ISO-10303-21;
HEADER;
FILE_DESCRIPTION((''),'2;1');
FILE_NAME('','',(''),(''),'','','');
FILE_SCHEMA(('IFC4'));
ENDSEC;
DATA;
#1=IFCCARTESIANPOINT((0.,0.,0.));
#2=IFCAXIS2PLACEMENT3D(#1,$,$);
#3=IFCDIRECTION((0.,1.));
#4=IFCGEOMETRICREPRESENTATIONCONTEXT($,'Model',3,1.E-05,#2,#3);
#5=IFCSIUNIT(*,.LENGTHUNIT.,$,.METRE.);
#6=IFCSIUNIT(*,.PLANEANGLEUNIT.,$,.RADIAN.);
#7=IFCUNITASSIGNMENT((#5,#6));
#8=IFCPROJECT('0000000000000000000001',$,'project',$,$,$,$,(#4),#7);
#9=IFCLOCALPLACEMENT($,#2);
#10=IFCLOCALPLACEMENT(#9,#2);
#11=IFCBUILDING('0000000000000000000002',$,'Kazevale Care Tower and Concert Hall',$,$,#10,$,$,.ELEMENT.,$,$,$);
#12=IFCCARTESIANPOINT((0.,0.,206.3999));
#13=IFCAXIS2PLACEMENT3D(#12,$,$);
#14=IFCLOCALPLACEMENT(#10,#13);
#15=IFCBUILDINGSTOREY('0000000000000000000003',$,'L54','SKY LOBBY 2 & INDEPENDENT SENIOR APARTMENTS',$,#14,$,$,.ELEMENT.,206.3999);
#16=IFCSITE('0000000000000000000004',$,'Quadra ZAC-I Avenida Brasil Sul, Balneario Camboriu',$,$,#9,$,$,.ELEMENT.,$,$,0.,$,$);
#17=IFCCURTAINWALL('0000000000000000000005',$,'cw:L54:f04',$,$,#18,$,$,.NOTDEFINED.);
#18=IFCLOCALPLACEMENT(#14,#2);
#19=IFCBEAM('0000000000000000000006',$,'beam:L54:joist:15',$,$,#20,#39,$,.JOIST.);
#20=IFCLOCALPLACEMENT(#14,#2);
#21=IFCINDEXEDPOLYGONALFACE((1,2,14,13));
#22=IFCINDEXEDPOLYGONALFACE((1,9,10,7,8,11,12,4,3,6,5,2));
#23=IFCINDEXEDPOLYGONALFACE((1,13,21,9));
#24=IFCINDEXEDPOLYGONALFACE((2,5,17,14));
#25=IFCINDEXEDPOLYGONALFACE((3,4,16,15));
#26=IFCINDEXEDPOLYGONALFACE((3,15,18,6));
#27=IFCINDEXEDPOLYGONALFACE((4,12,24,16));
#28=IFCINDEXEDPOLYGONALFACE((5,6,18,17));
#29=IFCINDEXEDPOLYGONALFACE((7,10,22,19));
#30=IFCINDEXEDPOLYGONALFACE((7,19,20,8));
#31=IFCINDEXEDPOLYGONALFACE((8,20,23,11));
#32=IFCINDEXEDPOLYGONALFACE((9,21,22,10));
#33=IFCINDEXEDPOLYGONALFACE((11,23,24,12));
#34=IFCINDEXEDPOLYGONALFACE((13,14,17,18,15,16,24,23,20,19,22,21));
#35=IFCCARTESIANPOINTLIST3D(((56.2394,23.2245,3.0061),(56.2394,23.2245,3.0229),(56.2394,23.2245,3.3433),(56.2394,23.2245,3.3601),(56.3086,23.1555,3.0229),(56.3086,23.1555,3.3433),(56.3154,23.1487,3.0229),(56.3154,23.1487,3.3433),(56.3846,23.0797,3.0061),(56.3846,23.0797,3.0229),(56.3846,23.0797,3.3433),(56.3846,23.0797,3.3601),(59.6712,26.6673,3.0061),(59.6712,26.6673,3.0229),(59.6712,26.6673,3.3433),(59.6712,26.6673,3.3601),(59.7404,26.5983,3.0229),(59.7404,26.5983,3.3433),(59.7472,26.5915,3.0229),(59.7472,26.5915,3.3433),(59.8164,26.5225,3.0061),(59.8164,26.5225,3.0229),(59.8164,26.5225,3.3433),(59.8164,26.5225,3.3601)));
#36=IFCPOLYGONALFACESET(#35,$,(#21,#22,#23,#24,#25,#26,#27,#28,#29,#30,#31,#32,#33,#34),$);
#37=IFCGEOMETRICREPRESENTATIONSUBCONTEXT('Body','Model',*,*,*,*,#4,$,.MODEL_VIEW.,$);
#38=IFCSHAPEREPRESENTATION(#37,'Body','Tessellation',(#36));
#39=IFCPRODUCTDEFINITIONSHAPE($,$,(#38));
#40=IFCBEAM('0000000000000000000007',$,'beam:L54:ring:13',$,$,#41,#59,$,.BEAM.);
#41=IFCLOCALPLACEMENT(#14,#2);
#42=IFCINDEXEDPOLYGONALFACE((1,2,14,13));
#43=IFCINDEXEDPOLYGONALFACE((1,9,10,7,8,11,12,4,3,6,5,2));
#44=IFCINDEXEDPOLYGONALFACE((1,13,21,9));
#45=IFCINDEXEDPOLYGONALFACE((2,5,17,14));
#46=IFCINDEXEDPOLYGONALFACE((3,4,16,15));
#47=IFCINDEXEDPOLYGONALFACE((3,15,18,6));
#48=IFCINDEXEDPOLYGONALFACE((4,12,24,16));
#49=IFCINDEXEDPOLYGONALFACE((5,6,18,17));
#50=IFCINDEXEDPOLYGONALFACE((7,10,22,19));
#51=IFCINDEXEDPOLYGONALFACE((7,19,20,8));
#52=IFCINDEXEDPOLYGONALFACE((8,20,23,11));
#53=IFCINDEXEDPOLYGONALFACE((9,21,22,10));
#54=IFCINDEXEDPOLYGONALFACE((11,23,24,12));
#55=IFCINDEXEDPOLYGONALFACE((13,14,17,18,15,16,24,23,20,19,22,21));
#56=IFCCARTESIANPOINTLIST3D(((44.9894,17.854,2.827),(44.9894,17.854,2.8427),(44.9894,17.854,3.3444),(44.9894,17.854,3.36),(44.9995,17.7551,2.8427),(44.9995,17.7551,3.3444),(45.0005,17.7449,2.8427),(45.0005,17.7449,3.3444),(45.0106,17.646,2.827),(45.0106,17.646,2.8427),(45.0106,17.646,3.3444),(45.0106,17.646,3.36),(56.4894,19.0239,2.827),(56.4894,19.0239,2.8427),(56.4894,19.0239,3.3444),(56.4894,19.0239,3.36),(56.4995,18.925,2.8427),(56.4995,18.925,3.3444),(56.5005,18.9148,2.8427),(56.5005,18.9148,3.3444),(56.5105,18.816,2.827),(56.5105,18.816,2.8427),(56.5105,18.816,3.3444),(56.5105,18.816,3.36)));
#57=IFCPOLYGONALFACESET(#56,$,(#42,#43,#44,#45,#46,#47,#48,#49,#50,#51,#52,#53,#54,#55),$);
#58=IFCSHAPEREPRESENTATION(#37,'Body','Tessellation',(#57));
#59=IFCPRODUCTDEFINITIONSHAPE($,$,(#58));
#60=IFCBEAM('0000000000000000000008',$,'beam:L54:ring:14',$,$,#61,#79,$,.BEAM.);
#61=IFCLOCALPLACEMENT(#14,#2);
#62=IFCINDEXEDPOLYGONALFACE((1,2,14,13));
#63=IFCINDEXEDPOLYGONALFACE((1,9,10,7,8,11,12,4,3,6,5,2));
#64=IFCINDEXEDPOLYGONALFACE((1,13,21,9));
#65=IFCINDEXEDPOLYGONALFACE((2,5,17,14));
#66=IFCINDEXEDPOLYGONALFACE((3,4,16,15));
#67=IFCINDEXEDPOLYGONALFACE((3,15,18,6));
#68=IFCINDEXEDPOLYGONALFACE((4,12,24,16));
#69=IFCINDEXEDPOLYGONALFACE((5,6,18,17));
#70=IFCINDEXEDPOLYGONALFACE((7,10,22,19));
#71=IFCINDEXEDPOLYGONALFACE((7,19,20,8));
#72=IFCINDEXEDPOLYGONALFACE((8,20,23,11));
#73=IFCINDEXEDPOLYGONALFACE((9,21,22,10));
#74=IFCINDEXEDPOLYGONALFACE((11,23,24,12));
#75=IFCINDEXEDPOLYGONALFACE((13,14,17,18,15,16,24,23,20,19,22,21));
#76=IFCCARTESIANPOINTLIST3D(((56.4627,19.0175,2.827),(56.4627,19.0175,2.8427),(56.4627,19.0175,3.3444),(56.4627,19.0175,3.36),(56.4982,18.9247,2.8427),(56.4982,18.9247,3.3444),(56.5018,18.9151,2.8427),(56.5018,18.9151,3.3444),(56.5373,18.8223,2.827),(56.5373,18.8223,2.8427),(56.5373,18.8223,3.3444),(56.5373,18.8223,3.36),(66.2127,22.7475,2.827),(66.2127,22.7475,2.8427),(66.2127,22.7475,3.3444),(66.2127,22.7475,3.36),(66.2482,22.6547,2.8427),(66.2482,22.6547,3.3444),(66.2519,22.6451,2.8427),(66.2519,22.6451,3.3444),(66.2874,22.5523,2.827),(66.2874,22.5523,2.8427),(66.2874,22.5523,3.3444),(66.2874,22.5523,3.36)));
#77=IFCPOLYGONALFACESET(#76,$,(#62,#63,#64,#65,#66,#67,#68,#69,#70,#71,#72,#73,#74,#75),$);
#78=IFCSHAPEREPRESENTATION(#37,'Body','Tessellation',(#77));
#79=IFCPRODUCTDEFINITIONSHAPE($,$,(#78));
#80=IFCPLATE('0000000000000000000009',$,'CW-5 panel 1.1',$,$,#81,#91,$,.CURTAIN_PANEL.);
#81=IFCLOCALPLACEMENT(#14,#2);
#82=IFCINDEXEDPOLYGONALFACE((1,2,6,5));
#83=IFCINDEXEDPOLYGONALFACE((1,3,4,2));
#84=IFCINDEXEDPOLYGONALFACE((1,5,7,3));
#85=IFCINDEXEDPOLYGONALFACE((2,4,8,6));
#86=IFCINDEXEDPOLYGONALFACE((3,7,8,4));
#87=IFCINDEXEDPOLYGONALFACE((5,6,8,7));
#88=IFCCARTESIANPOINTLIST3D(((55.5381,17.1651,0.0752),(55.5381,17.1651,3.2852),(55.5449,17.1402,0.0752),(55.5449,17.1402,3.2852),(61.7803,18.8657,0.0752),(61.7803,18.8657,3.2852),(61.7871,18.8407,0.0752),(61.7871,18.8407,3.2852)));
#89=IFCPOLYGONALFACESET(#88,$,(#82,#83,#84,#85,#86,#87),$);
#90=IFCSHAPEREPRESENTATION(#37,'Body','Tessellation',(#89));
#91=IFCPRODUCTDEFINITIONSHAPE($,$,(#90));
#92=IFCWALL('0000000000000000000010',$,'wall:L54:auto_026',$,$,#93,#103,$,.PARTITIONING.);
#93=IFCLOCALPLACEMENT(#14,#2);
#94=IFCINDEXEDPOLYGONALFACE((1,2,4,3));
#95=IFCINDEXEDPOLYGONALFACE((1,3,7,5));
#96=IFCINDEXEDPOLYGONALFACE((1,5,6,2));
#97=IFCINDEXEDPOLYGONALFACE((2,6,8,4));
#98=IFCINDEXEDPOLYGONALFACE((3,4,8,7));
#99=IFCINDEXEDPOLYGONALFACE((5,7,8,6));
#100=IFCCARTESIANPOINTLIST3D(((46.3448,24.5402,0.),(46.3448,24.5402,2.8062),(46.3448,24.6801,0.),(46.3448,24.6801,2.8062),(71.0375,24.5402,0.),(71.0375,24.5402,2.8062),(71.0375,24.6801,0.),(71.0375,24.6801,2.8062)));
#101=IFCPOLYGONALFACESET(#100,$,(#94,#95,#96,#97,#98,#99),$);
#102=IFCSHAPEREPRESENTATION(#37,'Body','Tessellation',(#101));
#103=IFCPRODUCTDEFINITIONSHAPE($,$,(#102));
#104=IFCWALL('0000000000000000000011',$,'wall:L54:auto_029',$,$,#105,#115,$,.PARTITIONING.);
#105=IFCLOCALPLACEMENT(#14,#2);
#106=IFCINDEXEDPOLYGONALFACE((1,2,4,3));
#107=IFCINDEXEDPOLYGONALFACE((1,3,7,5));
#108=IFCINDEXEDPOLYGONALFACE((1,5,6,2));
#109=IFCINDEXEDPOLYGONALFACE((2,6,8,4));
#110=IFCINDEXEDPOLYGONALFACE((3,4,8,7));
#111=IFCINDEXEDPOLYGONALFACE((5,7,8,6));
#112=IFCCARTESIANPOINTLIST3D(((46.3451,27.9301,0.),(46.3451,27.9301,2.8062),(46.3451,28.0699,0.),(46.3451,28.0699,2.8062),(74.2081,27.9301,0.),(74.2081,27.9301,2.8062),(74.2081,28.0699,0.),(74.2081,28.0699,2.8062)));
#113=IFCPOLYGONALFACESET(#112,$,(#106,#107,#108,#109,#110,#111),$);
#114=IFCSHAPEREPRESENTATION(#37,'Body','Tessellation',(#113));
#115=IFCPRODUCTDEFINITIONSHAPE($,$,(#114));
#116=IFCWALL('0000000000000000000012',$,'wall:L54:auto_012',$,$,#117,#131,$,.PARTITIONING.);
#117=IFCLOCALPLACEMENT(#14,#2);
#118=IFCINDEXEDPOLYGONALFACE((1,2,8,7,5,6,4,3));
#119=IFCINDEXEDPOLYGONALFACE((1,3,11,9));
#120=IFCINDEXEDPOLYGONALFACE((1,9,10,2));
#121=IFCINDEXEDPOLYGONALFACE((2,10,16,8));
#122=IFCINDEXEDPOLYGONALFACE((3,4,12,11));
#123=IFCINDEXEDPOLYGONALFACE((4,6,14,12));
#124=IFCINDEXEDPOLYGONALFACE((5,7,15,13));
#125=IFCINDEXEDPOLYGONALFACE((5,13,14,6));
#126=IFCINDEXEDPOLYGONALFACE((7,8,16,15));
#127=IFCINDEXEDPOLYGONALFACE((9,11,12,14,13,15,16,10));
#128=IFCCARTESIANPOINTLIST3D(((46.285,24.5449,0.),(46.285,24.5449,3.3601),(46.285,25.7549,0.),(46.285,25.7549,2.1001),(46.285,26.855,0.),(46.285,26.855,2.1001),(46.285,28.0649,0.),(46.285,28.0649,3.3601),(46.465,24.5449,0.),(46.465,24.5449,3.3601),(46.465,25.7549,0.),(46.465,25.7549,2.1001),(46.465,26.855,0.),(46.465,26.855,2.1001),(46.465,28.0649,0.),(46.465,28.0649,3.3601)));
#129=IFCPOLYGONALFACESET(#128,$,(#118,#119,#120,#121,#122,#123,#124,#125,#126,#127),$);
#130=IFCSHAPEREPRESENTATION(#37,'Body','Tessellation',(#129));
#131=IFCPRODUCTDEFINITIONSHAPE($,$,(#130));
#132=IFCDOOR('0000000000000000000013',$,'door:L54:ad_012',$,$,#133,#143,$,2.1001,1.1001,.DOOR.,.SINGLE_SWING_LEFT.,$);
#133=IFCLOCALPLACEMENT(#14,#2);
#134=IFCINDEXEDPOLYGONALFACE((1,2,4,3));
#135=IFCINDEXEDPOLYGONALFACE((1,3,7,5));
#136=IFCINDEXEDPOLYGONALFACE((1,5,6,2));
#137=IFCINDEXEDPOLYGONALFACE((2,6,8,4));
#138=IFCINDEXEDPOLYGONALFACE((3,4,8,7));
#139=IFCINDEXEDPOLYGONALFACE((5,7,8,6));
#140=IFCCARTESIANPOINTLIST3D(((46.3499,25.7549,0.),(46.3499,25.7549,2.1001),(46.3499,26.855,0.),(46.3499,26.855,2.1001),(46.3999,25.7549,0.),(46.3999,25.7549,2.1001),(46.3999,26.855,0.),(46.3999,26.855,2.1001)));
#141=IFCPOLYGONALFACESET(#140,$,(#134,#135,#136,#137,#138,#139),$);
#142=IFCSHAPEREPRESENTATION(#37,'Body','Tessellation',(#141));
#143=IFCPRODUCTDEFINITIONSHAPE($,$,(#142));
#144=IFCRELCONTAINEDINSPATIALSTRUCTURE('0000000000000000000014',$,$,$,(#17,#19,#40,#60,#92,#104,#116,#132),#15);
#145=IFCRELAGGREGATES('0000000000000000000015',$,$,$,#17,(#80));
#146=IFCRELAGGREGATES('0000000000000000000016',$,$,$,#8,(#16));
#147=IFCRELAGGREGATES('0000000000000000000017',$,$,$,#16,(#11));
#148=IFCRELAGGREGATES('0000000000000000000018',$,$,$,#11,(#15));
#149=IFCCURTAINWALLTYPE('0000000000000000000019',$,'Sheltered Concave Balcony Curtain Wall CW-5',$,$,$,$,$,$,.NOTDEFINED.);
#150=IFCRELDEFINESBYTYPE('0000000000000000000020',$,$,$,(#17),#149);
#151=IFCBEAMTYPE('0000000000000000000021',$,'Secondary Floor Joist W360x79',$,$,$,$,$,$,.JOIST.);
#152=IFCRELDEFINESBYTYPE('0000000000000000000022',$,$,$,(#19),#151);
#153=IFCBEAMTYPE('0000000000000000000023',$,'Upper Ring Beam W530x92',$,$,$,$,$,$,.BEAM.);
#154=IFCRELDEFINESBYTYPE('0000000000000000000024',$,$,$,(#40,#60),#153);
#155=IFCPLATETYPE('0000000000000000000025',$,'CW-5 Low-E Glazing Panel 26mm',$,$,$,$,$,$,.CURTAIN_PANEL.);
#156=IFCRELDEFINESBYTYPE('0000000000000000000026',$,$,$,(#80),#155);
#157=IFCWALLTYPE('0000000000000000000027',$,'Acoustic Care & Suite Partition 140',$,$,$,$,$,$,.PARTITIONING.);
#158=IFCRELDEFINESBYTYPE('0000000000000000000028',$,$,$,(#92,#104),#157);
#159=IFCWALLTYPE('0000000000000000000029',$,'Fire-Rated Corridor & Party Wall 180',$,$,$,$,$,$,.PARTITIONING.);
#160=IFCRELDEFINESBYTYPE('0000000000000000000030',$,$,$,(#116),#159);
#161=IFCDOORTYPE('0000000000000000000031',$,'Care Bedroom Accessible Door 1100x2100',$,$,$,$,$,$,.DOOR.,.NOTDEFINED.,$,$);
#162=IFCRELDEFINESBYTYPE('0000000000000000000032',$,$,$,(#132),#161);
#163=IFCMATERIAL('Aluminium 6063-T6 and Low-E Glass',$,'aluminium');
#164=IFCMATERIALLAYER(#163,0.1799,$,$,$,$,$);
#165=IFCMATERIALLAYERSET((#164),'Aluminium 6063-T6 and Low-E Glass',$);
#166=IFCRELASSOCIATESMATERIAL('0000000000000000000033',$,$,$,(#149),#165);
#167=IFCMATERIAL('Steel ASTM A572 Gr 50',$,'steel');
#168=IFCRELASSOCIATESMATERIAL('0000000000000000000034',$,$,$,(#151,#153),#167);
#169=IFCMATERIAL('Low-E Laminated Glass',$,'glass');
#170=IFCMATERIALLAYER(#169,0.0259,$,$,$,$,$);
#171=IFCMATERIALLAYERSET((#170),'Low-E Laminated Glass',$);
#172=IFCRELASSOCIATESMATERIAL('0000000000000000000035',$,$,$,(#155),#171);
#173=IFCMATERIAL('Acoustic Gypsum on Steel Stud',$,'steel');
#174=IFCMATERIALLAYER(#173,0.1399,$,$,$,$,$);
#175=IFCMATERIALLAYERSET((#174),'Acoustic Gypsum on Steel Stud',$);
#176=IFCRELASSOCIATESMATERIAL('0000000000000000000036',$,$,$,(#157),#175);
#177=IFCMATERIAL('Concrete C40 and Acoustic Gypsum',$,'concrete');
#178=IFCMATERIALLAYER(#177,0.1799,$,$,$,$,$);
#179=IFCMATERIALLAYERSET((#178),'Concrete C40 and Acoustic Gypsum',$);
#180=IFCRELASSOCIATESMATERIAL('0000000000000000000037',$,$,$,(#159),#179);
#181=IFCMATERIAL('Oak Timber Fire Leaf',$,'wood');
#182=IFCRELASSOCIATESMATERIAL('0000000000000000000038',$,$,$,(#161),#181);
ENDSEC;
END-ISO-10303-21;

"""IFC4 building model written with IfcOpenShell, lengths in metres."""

from ifc_helpers import new_model, si_unit, direction, frame, frame_2d, origin, origin_2d, place, context, subcontext, project, spatial, rectangle, i_section, extrude, material, layer, layer_set, material_profile, profile_set, type_object, element, fill, aggregate, save


model = new_model("IFC4")

# Units and contexts
model_context = context("Model", 3, precision=1e-05, world=origin(), true_north=direction((0.0, 1.0)))
body_context = subcontext(model_context, "Body", "Model", "MODEL_VIEW")
ifc_project = project(units=[si_unit("LENGTHUNIT", "METRE"), si_unit("PLANEANGLEUNIT", "RADIAN")], contexts=[model_context])

# Site, building, storey
site_placement = place(None, origin())
site = spatial("IfcSite", under=ifc_project, at=site_placement, Name="Quadra ZAC-I Avenida Brasil Sul, Balneario Camboriu", CompositionType="ELEMENT", RefElevation=0.0)
building_placement = place(site_placement, origin())
building = spatial("IfcBuilding", under=site, at=building_placement, Name="Kazevale Care Tower and Concert Hall", CompositionType="ELEMENT")
storey_placement = place(building_placement, frame((0.0, 0.0, 206.3999)))
storey = spatial("IfcBuildingStorey", under=building, at=storey_placement, Name="L54", Description="SKY LOBBY 2 & INDEPENDENT SENIOR APARTMENTS", CompositionType="ELEMENT", Elevation=206.3999)

# Curtain wall
ifc_material_1 = material(Name="Aluminium 6063-T6 and Low-E Glass", Category="aluminium")
ifc_layer_1 = layer(ifc_material_1, 0.1799)
ifc_layer_set_1 = layer_set([ifc_layer_1], Name="Aluminium 6063-T6 and Low-E Glass")
curtain_wall_type = type_object("IfcCurtainWallType", Name="Sheltered Concave Balcony Curtain Wall CW-5", PredefinedType="NOTDEFINED", material=ifc_layer_set_1)
curtain_wall_1_placement = place(storey_placement, origin())
curtain_wall_1 = element("IfcCurtainWall", 1, at=curtain_wall_1_placement, inside=storey, type_object=curtain_wall_type, Name="cw:L54:f04", PredefinedType="NOTDEFINED")

# Beams
ifc_material_2 = material(Name="Steel ASTM A572 Gr 50", Category="steel")
ifc_material_profile_1 = material_profile(ifc_material_2, i_section(OverallWidth=0.2051, OverallDepth=0.354, WebThickness=0.0095, FlangeThickness=0.0168, at=origin_2d()), Name="W360x79")
ifc_profile_set_1 = profile_set([ifc_material_profile_1], Name="Steel ASTM A572 Gr 50")
beam_type_1 = type_object("IfcBeamType", Name="Secondary Floor Joist W360x79", PredefinedType="JOIST", material=ifc_profile_set_1)
beam_1_placement = place(storey_placement, frame((56.312, 23.1521, 3.1831), z_axis=(0.705976, 0.708236, 0.0), x_axis=(-0.708236, 0.705976, 0.0)))
element("IfcBeam", 2, at=beam_1_placement, inside=storey, type_object=beam_type_1, Name="beam:L54:joist:15", PredefinedType="JOIST", context=body_context, shape_type="SweptSolid", body=[
    extrude(i_section(OverallWidth=0.2051, OverallDepth=0.354, WebThickness=0.0095, FlangeThickness=0.0168, at=origin_2d()), origin(), (0.0, 0.0, 1.0), 4.8611),
])
ifc_material_profile_2 = material_profile(ifc_material_2, i_section(OverallWidth=0.209, OverallDepth=0.533, WebThickness=0.0103, FlangeThickness=0.0156, at=origin_2d()), Name="W530x92")
ifc_profile_set_2 = profile_set([ifc_material_profile_2], Name="Steel ASTM A572 Gr 50")
beam_type_2 = type_object("IfcBeamType", Name="Upper Ring Beam W530x92", PredefinedType="BEAM", material=ifc_profile_set_2)
beam_2_placement = place(storey_placement, frame((45.0, 17.75, 3.0935), z_axis=(0.994865, 0.10121, 0.0), x_axis=(-0.10121, 0.994865, 0.0)))
element("IfcBeam", 3, at=beam_2_placement, inside=storey, type_object=beam_type_2, Name="beam:L54:ring:13", PredefinedType="BEAM", context=body_context, shape_type="SweptSolid", body=[
    extrude(i_section(OverallWidth=0.209, OverallDepth=0.533, WebThickness=0.0103, FlangeThickness=0.0156, at=origin_2d()), origin(), (0.0, 0.0, 1.0), 11.5593),
])
beam_3_placement = place(storey_placement, frame((56.5, 18.9199, 3.0935), z_axis=(0.933987, 0.357308, 0.0), x_axis=(-0.357308, 0.933987, 0.0)))
element("IfcBeam", 4, at=beam_3_placement, inside=storey, type_object=beam_type_2, Name="beam:L54:ring:14", PredefinedType="BEAM", context=body_context, shape_type="SweptSolid", body=[
    extrude(i_section(OverallWidth=0.209, OverallDepth=0.533, WebThickness=0.0103, FlangeThickness=0.0156, at=origin_2d()), origin(), (0.0, 0.0, 1.0), 10.4392),
])

# Plate
ifc_material_3 = material(Name="Low-E Laminated Glass", Category="glass")
ifc_layer_2 = layer(ifc_material_3, 0.0259)
ifc_layer_set_2 = layer_set([ifc_layer_2], Name="Low-E Laminated Glass")
plate_type = type_object("IfcPlateType", Name="CW-5 Low-E Glazing Panel 26mm", PredefinedType="CURTAIN_PANEL", material=ifc_layer_set_2)
plate_placement = place(storey_placement, frame((58.6626, 18.0029, 0.0752), z_axis=(0.0, 0.0, 1.0), x_axis=(-0.964837, -0.262849, 0.0)))
plate = element("IfcPlate", 5, at=plate_placement, type_object=plate_type, Name="CW-5 panel 1.1", PredefinedType="CURTAIN_PANEL", context=body_context, shape_type="SweptSolid", body=[
    extrude(rectangle(XDim=6.4697, YDim=0.0259, at=origin_2d()), origin(), (0.0, 0.0, 1.0), 3.21),
])
aggregate(curtain_wall_1, [plate])

# Walls
ifc_material_4 = material(Name="Acoustic Gypsum on Steel Stud", Category="steel")
ifc_layer_3 = layer(ifc_material_4, 0.1399)
ifc_layer_set_3 = layer_set([ifc_layer_3], Name="Acoustic Gypsum on Steel Stud")
wall_type_1 = type_object("IfcWallType", Name="Acoustic Care & Suite Partition 140", PredefinedType="PARTITIONING", material=ifc_layer_set_3)
wall_1_placement = place(storey_placement, frame((46.345, 24.6101, 0.0), z_axis=(0.0, 0.0, 1.0), x_axis=(1.0, 0.0, 0.0)))
element("IfcWall", 6, at=wall_1_placement, inside=storey, type_object=wall_type_1, Name="wall:L54:auto_026", PredefinedType="PARTITIONING", context=body_context, shape_type="SweptSolid", body=[
    extrude(rectangle(XDim=24.6926, YDim=0.1399, at=frame_2d((12.3462, 0.0))), origin(), (0.0, 0.0, 1.0), 2.8062),
])
wall_2_placement = place(storey_placement, frame((46.345, 28.0, 0.0), z_axis=(0.0, 0.0, 1.0), x_axis=(1.0, 0.0, 0.0)))
element("IfcWall", 7, at=wall_2_placement, inside=storey, type_object=wall_type_1, Name="wall:L54:auto_029", PredefinedType="PARTITIONING", context=body_context, shape_type="SweptSolid", body=[
    extrude(rectangle(XDim=27.863, YDim=0.1399, at=frame_2d((13.9316, 0.0))), origin(), (0.0, 0.0, 1.0), 2.8062),
])

# Wall, opening, door
ifc_material_5 = material(Name="Concrete C40 and Acoustic Gypsum", Category="concrete")
ifc_layer_4 = layer(ifc_material_5, 0.1799)
ifc_layer_set_4 = layer_set([ifc_layer_4], Name="Concrete C40 and Acoustic Gypsum")
wall_type_2 = type_object("IfcWallType", Name="Fire-Rated Corridor & Party Wall 180", PredefinedType="PARTITIONING", material=ifc_layer_set_4)
ifc_material_6 = material(Name="Oak Timber Fire Leaf", Category="wood")
wall_3_placement = place(storey_placement, frame((46.375, 28.0649, 0.0), z_axis=(0.0, 0.0, 1.0), x_axis=(0.0, -1.0, 0.0)))
wall_3 = element("IfcWall", 8, at=wall_3_placement, inside=storey, type_object=wall_type_2, Name="wall:L54:auto_012", PredefinedType="PARTITIONING", context=body_context, shape_type="SweptSolid", body=[
    extrude(rectangle(XDim=3.52, YDim=0.1799, at=frame_2d((1.76, 0.0))), origin(), (0.0, 0.0, 1.0), 3.3601),
])
opening_1_placement = place(wall_3_placement, frame((1.21, 0.0, 0.0)))
opening_1 = element("IfcOpeningElement", 9, at=opening_1_placement, cuts=wall_3, PredefinedType="OPENING", context=body_context, shape_type="SweptSolid", body=[
    extrude(rectangle(XDim=1.1001, YDim=2.1001, at=frame_2d((0.55, 1.05))), frame((0.0, 0.0999, 0.0), z_axis=(0.0, -1.0, 0.0), x_axis=(1.0, 0.0, 0.0)), (0.0, 0.0, 1.0), 0.2),
])
door_type_1 = type_object("IfcDoorType", Name="Care Bedroom Accessible Door 1100x2100", OperationType="NOTDEFINED", PredefinedType="DOOR", material=ifc_material_6)
door_1_placement = place(opening_1_placement, origin())
door_1 = element("IfcDoor", 10, at=door_1_placement, inside=storey, type_object=door_type_1, Name="door:L54:ad_012", OperationType="SINGLE_SWING_LEFT", OverallHeight=2.1001, OverallWidth=1.1001, PredefinedType="DOOR", context=body_context, shape_type="SweptSolid", body=[
    extrude(rectangle(XDim=1.1001, YDim=2.1001, at=frame_2d((0.55, 1.05))), frame((0.0, 0.0249, 0.0), z_axis=(0.0, -1.0, 0.0), x_axis=(1.0, 0.0, 0.0)), (0.0, 0.0, 1.0), 0.05),
])
fill(opening_1, door_1)

save(model, "model.ifc")
